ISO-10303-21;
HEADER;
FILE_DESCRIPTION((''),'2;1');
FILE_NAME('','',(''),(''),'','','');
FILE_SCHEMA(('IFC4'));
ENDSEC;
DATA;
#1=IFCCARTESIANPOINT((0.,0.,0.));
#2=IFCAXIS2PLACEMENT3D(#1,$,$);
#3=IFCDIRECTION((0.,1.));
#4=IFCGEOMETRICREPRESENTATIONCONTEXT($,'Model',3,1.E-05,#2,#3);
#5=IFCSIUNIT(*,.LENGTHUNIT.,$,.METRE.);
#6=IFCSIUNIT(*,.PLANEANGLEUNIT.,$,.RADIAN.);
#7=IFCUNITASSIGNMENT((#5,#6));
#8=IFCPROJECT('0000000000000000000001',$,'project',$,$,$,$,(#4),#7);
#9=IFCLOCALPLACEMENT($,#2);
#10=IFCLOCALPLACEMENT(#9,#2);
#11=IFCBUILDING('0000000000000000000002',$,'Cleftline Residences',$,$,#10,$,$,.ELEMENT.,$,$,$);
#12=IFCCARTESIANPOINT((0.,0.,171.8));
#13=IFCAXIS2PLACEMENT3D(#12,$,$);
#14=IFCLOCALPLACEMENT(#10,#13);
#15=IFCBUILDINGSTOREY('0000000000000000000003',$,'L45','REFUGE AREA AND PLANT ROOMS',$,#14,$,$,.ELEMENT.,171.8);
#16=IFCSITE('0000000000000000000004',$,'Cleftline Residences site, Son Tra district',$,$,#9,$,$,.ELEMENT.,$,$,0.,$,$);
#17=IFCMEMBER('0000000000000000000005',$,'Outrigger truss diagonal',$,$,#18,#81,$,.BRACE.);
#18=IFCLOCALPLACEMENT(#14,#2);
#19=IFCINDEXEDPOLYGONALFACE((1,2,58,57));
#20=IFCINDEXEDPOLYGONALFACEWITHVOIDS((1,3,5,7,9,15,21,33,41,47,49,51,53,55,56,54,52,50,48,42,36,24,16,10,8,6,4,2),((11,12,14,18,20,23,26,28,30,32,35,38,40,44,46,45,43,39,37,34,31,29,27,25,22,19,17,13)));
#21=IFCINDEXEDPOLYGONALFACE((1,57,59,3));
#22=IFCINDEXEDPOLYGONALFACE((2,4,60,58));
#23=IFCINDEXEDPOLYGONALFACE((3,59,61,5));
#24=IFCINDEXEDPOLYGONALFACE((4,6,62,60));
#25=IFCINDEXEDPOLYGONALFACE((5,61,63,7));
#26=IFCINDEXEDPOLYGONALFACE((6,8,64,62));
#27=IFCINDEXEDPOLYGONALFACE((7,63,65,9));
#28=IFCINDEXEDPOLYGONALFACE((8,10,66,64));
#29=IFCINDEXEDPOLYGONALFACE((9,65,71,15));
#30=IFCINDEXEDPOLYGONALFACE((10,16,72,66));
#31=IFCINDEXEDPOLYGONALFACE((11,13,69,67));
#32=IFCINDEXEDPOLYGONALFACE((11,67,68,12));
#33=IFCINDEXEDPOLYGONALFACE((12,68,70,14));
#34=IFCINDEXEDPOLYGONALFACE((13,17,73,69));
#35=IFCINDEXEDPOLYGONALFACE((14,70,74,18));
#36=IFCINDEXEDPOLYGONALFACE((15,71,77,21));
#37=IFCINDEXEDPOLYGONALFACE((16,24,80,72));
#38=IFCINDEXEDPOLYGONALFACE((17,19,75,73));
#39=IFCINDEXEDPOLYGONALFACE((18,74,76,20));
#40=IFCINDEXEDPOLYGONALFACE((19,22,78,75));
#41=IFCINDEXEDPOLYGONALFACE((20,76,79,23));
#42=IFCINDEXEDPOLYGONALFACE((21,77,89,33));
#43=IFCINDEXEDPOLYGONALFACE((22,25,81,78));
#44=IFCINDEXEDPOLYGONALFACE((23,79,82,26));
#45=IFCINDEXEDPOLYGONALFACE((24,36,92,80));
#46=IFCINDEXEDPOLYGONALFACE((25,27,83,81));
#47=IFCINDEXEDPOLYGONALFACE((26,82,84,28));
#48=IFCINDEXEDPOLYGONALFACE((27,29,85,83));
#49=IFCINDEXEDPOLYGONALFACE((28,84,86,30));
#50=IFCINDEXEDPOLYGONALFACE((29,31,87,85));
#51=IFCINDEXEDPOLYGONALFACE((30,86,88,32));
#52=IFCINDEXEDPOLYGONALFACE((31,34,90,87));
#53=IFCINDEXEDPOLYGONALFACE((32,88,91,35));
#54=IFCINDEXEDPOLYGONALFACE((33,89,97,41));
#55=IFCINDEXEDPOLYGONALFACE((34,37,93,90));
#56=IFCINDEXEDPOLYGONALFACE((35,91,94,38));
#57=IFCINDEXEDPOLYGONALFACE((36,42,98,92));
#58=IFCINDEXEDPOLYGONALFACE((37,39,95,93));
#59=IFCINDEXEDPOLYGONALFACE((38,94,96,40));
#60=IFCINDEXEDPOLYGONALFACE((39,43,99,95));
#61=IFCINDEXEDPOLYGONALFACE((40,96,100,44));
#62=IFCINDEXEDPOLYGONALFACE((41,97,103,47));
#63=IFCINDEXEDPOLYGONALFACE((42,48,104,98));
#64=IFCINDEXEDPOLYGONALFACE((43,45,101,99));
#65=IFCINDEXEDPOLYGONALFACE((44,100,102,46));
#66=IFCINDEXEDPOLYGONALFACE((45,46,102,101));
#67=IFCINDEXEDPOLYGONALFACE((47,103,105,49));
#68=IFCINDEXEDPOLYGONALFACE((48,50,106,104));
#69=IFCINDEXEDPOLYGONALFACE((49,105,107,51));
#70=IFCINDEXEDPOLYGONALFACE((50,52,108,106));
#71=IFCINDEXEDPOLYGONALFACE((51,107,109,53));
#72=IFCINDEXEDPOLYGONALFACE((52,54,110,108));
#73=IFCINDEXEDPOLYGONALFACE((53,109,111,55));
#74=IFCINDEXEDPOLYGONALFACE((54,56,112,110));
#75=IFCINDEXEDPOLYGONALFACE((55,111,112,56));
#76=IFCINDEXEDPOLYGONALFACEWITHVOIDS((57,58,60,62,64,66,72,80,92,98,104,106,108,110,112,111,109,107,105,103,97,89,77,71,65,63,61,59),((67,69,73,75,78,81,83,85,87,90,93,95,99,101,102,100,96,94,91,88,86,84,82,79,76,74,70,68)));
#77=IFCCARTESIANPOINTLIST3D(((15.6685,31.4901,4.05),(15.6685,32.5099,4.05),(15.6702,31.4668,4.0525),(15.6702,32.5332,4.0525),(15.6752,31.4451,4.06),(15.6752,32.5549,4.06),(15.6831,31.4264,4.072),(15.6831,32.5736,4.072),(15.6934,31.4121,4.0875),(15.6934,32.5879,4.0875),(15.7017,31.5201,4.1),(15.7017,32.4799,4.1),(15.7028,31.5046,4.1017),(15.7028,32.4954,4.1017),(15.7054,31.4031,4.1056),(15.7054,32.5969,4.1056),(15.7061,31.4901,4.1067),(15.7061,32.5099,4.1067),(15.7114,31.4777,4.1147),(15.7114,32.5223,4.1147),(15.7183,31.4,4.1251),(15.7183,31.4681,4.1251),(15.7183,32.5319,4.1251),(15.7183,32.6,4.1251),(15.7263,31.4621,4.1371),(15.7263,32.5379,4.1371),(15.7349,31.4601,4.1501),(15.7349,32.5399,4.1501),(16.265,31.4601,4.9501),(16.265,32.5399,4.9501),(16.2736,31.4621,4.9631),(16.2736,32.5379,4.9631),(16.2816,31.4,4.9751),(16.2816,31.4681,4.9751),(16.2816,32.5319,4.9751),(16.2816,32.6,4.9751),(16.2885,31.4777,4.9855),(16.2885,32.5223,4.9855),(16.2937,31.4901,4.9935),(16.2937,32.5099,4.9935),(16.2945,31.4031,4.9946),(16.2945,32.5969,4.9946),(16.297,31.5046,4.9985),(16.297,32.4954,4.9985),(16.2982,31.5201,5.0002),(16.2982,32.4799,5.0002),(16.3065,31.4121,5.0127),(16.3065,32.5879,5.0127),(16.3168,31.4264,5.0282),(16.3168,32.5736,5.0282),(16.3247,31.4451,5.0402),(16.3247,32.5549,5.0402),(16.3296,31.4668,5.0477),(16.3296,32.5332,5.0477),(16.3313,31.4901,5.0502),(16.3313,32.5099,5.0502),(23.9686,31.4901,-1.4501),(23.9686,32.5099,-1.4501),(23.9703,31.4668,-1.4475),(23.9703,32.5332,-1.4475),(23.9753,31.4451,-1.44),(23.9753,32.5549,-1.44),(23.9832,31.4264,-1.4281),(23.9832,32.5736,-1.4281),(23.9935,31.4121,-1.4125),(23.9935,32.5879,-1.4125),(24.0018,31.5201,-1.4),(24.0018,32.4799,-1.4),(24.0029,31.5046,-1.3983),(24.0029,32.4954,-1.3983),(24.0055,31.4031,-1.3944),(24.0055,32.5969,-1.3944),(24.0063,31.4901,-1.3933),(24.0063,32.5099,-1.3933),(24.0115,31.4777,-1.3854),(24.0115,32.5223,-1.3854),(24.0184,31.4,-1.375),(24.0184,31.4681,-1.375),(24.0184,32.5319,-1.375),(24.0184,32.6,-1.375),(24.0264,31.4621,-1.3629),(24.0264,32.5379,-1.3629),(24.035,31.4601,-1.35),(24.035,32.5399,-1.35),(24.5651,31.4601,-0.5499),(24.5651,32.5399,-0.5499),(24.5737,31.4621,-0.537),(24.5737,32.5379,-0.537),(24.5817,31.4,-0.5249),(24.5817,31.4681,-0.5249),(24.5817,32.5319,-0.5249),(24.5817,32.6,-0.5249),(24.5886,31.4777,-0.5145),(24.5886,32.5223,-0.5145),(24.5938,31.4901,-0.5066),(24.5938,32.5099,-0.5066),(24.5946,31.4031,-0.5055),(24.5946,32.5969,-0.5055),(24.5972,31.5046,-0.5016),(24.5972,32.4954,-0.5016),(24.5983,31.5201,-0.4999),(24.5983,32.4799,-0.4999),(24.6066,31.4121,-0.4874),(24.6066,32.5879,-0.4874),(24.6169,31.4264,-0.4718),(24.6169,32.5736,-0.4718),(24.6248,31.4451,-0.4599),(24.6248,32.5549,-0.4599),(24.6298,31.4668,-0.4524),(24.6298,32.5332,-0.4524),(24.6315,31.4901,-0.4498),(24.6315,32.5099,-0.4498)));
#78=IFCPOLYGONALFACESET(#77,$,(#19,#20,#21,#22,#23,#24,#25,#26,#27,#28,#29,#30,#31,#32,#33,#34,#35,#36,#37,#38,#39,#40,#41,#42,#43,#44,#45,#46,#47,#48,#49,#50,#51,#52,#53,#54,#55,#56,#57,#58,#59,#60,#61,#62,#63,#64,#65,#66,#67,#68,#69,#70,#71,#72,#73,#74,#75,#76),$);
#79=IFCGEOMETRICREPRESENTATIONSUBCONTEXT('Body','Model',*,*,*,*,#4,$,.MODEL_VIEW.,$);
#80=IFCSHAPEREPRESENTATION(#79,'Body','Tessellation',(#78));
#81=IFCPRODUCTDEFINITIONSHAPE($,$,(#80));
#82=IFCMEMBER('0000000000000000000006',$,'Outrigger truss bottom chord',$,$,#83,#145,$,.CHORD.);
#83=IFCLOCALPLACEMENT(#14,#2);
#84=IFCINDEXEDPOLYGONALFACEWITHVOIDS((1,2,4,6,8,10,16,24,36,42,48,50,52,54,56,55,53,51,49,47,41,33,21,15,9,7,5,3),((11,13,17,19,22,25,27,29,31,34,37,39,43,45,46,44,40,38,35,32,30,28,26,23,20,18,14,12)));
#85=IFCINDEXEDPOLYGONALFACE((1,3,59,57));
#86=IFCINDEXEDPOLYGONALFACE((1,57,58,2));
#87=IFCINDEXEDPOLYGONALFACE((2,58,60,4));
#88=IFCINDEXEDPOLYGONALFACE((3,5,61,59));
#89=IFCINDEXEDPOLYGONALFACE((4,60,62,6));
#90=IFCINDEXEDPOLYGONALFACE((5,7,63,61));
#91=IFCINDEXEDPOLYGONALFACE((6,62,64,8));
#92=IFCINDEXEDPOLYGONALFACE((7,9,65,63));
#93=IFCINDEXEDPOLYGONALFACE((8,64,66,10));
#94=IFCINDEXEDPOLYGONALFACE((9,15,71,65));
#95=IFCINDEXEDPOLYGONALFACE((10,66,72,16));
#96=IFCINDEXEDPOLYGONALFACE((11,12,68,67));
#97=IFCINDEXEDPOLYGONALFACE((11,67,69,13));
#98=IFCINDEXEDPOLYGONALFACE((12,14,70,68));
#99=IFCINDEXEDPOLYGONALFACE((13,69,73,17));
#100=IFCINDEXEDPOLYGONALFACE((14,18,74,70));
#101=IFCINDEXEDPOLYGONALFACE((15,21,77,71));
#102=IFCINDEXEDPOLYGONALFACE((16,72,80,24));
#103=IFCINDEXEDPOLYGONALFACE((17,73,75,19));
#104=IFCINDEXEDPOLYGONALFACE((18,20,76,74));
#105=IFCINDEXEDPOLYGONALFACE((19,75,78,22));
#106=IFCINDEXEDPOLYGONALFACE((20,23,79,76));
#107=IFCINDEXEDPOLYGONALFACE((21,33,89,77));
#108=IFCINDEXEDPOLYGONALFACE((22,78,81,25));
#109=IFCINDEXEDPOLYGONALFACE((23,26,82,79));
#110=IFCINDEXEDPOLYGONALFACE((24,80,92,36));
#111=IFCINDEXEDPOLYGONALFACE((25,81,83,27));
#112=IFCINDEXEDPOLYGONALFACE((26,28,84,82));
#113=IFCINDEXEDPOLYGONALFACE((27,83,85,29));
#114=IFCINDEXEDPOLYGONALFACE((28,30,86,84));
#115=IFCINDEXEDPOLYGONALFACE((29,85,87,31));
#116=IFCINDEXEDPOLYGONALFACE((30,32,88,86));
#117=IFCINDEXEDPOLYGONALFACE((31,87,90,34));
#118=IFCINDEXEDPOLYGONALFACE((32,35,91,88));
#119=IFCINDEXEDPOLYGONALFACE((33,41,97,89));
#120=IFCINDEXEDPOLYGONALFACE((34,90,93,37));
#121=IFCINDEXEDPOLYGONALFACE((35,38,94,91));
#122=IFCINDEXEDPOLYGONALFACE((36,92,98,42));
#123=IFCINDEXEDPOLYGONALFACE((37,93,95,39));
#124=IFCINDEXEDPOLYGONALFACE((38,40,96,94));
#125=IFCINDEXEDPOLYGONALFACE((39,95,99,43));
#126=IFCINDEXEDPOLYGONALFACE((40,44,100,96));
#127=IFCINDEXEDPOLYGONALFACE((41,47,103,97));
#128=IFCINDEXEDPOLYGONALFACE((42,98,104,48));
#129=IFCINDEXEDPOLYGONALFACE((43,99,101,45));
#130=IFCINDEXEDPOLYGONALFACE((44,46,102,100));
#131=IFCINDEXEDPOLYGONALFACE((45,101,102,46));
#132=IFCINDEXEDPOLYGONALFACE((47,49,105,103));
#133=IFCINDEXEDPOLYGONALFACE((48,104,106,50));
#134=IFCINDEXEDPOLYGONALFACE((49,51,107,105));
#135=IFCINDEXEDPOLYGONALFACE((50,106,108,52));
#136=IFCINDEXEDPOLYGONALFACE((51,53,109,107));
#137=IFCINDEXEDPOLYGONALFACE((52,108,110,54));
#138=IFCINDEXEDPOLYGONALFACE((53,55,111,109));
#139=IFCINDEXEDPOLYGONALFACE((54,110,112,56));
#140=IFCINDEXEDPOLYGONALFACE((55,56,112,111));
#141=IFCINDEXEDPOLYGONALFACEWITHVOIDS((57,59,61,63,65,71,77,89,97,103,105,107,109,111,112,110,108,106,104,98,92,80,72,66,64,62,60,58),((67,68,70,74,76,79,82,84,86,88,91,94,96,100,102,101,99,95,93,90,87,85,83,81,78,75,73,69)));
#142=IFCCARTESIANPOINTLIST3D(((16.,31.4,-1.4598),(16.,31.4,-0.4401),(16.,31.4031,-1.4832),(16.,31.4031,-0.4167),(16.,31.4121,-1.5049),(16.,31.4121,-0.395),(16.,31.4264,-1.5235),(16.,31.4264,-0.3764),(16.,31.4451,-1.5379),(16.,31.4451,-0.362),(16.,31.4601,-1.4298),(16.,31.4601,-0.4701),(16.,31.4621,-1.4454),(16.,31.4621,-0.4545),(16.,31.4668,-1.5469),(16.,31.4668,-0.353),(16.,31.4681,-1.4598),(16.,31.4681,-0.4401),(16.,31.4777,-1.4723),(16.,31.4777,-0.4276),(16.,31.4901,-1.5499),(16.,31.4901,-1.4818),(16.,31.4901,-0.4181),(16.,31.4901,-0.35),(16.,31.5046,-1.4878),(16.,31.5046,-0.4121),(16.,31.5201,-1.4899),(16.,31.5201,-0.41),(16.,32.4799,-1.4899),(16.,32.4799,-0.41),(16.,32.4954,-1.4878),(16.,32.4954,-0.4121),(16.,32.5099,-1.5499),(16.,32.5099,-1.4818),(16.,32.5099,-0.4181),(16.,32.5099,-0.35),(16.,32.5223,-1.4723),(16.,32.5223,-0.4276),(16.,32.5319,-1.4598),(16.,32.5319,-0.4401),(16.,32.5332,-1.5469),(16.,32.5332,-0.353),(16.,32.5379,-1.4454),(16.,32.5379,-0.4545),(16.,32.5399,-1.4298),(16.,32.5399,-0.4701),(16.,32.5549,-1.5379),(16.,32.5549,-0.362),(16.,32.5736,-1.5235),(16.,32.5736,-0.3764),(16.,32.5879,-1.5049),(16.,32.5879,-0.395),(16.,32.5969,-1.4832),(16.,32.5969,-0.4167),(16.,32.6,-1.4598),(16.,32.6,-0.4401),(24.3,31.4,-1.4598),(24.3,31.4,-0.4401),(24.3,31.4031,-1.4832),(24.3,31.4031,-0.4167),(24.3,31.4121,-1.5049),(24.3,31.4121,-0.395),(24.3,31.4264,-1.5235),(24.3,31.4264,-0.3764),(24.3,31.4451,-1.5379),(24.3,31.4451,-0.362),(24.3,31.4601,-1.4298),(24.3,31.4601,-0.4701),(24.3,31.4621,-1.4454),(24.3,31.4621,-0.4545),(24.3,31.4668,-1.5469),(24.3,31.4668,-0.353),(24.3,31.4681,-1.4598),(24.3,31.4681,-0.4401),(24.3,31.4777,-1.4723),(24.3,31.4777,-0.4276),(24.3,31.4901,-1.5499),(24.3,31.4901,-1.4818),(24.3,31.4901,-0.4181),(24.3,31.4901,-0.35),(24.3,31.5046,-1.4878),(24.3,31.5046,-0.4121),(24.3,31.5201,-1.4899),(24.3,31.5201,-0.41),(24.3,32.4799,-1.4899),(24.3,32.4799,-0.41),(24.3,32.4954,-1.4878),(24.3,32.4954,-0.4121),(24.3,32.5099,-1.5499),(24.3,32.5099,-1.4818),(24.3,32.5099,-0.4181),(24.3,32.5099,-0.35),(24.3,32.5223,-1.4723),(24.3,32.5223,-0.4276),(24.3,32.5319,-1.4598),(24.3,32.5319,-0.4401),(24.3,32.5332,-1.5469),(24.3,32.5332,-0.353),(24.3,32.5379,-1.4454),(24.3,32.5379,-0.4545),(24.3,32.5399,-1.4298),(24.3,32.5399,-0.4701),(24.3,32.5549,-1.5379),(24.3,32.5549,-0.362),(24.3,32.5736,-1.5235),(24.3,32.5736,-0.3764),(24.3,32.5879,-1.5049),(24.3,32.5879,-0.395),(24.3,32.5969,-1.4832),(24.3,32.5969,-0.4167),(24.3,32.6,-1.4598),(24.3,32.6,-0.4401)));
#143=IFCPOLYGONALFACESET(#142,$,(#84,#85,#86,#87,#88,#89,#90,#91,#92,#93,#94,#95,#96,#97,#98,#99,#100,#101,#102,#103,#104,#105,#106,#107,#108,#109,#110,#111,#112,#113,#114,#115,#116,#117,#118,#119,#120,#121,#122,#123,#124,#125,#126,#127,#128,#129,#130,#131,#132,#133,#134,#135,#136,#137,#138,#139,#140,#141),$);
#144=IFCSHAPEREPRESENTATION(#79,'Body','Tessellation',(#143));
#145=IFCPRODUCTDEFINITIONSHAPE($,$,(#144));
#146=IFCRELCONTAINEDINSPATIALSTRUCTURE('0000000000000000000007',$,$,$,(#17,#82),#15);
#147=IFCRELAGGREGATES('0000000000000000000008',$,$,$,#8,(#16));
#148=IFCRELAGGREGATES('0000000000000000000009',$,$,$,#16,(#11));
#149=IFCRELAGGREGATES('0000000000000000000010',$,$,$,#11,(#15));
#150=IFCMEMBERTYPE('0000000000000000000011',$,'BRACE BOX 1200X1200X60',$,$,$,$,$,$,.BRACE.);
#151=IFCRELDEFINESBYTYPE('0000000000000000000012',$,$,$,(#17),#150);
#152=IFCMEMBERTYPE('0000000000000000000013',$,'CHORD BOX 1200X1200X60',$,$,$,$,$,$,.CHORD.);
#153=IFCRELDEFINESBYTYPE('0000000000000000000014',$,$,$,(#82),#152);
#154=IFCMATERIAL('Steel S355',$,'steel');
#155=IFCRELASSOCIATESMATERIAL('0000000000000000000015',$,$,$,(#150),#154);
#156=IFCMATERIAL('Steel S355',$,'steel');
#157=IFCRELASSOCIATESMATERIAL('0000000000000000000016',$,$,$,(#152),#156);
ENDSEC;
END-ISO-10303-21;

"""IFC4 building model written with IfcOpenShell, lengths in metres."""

from ifc_helpers import new_model, si_unit, direction, frame, origin, origin_2d, place, context, subcontext, project, spatial, hollow_rectangle, extrude, material, material_profile, profile_set, type_object, element, save


model = new_model("IFC4")

# Units and contexts
model_context = context("Model", 3, precision=1e-05, world=origin(), true_north=direction((0.0, 1.0)))
body_context = subcontext(model_context, "Body", "Model", "MODEL_VIEW")
ifc_project = project(units=[si_unit("LENGTHUNIT", "METRE"), si_unit("PLANEANGLEUNIT", "RADIAN")], contexts=[model_context])

# Site, building, storey
site_placement = place(None, origin())
site = spatial("IfcSite", under=ifc_project, at=site_placement, Name="Cleftline Residences site, Son Tra district", CompositionType="ELEMENT", RefElevation=0.0)
building_placement = place(site_placement, origin())
building = spatial("IfcBuilding", under=site, at=building_placement, Name="Cleftline Residences", CompositionType="ELEMENT")
storey_placement = place(building_placement, frame((0.0, 0.0, 171.8)))
storey = spatial("IfcBuildingStorey", under=building, at=storey_placement, Name="L45", Description="REFUGE AREA AND PLANT ROOMS", CompositionType="ELEMENT", Elevation=171.8)

# Members
ifc_material_1 = material(Name="Steel S355", Category="steel")
ifc_material_profile_1 = material_profile(ifc_material_1, hollow_rectangle(XDim=1.2, YDim=1.2, WallThickness=0.0601, InnerFilletRadius=0.0601, OuterFilletRadius=0.0901, at=origin_2d()))
ifc_profile_set_1 = profile_set([ifc_material_profile_1], Name="Steel S355")
member_type_1 = type_object("IfcMemberType", Name="BRACE BOX 1200X1200X60", PredefinedType="BRACE", material=ifc_profile_set_1)
member_1_placement = place(storey_placement, frame((24.3, 32.0, -0.95), z_axis=(-0.833594, 0.0, 0.552378), x_axis=(0.552378, 0.0, 0.833594)))
element("IfcMember", 1, at=member_1_placement, inside=storey, type_object=member_type_1, Name="Outrigger truss diagonal", PredefinedType="BRACE", context=body_context, shape_type="SweptSolid", body=[
    extrude(hollow_rectangle(XDim=1.2, YDim=1.2, WallThickness=0.0601, InnerFilletRadius=0.0601, OuterFilletRadius=0.0901, at=origin_2d()), origin(), (0.0, 0.0, 1.0), 9.957),
])
ifc_material_2 = material(Name="Steel S355", Category="steel")
ifc_material_profile_2 = material_profile(ifc_material_2, hollow_rectangle(XDim=1.2, YDim=1.2, WallThickness=0.0601, InnerFilletRadius=0.0601, OuterFilletRadius=0.0901, at=origin_2d()))
ifc_profile_set_2 = profile_set([ifc_material_profile_2], Name="Steel S355")
member_type_2 = type_object("IfcMemberType", Name="CHORD BOX 1200X1200X60", PredefinedType="CHORD", material=ifc_profile_set_2)
for number, where, z_axis, x_axis, name in (
    (2, (24.3, 32.0, -0.95), (-1.0, 0.0, 0.0), (0.0, -1.0, 0.0), "Outrigger truss bottom chord"),
):
    element("IfcMember", number, at=place(storey_placement, frame(where, z_axis=z_axis, x_axis=x_axis)), inside=storey, type_object=member_type_2, Name=name, PredefinedType="CHORD", context=body_context, shape_type="SweptSolid", body=[
        extrude(hollow_rectangle(XDim=1.2, YDim=1.2, WallThickness=0.0601, InnerFilletRadius=0.0601, OuterFilletRadius=0.0901, at=origin_2d()), origin(), (0.0, 0.0, 1.0), 8.3),
    ])

save(model, "model.ifc")
